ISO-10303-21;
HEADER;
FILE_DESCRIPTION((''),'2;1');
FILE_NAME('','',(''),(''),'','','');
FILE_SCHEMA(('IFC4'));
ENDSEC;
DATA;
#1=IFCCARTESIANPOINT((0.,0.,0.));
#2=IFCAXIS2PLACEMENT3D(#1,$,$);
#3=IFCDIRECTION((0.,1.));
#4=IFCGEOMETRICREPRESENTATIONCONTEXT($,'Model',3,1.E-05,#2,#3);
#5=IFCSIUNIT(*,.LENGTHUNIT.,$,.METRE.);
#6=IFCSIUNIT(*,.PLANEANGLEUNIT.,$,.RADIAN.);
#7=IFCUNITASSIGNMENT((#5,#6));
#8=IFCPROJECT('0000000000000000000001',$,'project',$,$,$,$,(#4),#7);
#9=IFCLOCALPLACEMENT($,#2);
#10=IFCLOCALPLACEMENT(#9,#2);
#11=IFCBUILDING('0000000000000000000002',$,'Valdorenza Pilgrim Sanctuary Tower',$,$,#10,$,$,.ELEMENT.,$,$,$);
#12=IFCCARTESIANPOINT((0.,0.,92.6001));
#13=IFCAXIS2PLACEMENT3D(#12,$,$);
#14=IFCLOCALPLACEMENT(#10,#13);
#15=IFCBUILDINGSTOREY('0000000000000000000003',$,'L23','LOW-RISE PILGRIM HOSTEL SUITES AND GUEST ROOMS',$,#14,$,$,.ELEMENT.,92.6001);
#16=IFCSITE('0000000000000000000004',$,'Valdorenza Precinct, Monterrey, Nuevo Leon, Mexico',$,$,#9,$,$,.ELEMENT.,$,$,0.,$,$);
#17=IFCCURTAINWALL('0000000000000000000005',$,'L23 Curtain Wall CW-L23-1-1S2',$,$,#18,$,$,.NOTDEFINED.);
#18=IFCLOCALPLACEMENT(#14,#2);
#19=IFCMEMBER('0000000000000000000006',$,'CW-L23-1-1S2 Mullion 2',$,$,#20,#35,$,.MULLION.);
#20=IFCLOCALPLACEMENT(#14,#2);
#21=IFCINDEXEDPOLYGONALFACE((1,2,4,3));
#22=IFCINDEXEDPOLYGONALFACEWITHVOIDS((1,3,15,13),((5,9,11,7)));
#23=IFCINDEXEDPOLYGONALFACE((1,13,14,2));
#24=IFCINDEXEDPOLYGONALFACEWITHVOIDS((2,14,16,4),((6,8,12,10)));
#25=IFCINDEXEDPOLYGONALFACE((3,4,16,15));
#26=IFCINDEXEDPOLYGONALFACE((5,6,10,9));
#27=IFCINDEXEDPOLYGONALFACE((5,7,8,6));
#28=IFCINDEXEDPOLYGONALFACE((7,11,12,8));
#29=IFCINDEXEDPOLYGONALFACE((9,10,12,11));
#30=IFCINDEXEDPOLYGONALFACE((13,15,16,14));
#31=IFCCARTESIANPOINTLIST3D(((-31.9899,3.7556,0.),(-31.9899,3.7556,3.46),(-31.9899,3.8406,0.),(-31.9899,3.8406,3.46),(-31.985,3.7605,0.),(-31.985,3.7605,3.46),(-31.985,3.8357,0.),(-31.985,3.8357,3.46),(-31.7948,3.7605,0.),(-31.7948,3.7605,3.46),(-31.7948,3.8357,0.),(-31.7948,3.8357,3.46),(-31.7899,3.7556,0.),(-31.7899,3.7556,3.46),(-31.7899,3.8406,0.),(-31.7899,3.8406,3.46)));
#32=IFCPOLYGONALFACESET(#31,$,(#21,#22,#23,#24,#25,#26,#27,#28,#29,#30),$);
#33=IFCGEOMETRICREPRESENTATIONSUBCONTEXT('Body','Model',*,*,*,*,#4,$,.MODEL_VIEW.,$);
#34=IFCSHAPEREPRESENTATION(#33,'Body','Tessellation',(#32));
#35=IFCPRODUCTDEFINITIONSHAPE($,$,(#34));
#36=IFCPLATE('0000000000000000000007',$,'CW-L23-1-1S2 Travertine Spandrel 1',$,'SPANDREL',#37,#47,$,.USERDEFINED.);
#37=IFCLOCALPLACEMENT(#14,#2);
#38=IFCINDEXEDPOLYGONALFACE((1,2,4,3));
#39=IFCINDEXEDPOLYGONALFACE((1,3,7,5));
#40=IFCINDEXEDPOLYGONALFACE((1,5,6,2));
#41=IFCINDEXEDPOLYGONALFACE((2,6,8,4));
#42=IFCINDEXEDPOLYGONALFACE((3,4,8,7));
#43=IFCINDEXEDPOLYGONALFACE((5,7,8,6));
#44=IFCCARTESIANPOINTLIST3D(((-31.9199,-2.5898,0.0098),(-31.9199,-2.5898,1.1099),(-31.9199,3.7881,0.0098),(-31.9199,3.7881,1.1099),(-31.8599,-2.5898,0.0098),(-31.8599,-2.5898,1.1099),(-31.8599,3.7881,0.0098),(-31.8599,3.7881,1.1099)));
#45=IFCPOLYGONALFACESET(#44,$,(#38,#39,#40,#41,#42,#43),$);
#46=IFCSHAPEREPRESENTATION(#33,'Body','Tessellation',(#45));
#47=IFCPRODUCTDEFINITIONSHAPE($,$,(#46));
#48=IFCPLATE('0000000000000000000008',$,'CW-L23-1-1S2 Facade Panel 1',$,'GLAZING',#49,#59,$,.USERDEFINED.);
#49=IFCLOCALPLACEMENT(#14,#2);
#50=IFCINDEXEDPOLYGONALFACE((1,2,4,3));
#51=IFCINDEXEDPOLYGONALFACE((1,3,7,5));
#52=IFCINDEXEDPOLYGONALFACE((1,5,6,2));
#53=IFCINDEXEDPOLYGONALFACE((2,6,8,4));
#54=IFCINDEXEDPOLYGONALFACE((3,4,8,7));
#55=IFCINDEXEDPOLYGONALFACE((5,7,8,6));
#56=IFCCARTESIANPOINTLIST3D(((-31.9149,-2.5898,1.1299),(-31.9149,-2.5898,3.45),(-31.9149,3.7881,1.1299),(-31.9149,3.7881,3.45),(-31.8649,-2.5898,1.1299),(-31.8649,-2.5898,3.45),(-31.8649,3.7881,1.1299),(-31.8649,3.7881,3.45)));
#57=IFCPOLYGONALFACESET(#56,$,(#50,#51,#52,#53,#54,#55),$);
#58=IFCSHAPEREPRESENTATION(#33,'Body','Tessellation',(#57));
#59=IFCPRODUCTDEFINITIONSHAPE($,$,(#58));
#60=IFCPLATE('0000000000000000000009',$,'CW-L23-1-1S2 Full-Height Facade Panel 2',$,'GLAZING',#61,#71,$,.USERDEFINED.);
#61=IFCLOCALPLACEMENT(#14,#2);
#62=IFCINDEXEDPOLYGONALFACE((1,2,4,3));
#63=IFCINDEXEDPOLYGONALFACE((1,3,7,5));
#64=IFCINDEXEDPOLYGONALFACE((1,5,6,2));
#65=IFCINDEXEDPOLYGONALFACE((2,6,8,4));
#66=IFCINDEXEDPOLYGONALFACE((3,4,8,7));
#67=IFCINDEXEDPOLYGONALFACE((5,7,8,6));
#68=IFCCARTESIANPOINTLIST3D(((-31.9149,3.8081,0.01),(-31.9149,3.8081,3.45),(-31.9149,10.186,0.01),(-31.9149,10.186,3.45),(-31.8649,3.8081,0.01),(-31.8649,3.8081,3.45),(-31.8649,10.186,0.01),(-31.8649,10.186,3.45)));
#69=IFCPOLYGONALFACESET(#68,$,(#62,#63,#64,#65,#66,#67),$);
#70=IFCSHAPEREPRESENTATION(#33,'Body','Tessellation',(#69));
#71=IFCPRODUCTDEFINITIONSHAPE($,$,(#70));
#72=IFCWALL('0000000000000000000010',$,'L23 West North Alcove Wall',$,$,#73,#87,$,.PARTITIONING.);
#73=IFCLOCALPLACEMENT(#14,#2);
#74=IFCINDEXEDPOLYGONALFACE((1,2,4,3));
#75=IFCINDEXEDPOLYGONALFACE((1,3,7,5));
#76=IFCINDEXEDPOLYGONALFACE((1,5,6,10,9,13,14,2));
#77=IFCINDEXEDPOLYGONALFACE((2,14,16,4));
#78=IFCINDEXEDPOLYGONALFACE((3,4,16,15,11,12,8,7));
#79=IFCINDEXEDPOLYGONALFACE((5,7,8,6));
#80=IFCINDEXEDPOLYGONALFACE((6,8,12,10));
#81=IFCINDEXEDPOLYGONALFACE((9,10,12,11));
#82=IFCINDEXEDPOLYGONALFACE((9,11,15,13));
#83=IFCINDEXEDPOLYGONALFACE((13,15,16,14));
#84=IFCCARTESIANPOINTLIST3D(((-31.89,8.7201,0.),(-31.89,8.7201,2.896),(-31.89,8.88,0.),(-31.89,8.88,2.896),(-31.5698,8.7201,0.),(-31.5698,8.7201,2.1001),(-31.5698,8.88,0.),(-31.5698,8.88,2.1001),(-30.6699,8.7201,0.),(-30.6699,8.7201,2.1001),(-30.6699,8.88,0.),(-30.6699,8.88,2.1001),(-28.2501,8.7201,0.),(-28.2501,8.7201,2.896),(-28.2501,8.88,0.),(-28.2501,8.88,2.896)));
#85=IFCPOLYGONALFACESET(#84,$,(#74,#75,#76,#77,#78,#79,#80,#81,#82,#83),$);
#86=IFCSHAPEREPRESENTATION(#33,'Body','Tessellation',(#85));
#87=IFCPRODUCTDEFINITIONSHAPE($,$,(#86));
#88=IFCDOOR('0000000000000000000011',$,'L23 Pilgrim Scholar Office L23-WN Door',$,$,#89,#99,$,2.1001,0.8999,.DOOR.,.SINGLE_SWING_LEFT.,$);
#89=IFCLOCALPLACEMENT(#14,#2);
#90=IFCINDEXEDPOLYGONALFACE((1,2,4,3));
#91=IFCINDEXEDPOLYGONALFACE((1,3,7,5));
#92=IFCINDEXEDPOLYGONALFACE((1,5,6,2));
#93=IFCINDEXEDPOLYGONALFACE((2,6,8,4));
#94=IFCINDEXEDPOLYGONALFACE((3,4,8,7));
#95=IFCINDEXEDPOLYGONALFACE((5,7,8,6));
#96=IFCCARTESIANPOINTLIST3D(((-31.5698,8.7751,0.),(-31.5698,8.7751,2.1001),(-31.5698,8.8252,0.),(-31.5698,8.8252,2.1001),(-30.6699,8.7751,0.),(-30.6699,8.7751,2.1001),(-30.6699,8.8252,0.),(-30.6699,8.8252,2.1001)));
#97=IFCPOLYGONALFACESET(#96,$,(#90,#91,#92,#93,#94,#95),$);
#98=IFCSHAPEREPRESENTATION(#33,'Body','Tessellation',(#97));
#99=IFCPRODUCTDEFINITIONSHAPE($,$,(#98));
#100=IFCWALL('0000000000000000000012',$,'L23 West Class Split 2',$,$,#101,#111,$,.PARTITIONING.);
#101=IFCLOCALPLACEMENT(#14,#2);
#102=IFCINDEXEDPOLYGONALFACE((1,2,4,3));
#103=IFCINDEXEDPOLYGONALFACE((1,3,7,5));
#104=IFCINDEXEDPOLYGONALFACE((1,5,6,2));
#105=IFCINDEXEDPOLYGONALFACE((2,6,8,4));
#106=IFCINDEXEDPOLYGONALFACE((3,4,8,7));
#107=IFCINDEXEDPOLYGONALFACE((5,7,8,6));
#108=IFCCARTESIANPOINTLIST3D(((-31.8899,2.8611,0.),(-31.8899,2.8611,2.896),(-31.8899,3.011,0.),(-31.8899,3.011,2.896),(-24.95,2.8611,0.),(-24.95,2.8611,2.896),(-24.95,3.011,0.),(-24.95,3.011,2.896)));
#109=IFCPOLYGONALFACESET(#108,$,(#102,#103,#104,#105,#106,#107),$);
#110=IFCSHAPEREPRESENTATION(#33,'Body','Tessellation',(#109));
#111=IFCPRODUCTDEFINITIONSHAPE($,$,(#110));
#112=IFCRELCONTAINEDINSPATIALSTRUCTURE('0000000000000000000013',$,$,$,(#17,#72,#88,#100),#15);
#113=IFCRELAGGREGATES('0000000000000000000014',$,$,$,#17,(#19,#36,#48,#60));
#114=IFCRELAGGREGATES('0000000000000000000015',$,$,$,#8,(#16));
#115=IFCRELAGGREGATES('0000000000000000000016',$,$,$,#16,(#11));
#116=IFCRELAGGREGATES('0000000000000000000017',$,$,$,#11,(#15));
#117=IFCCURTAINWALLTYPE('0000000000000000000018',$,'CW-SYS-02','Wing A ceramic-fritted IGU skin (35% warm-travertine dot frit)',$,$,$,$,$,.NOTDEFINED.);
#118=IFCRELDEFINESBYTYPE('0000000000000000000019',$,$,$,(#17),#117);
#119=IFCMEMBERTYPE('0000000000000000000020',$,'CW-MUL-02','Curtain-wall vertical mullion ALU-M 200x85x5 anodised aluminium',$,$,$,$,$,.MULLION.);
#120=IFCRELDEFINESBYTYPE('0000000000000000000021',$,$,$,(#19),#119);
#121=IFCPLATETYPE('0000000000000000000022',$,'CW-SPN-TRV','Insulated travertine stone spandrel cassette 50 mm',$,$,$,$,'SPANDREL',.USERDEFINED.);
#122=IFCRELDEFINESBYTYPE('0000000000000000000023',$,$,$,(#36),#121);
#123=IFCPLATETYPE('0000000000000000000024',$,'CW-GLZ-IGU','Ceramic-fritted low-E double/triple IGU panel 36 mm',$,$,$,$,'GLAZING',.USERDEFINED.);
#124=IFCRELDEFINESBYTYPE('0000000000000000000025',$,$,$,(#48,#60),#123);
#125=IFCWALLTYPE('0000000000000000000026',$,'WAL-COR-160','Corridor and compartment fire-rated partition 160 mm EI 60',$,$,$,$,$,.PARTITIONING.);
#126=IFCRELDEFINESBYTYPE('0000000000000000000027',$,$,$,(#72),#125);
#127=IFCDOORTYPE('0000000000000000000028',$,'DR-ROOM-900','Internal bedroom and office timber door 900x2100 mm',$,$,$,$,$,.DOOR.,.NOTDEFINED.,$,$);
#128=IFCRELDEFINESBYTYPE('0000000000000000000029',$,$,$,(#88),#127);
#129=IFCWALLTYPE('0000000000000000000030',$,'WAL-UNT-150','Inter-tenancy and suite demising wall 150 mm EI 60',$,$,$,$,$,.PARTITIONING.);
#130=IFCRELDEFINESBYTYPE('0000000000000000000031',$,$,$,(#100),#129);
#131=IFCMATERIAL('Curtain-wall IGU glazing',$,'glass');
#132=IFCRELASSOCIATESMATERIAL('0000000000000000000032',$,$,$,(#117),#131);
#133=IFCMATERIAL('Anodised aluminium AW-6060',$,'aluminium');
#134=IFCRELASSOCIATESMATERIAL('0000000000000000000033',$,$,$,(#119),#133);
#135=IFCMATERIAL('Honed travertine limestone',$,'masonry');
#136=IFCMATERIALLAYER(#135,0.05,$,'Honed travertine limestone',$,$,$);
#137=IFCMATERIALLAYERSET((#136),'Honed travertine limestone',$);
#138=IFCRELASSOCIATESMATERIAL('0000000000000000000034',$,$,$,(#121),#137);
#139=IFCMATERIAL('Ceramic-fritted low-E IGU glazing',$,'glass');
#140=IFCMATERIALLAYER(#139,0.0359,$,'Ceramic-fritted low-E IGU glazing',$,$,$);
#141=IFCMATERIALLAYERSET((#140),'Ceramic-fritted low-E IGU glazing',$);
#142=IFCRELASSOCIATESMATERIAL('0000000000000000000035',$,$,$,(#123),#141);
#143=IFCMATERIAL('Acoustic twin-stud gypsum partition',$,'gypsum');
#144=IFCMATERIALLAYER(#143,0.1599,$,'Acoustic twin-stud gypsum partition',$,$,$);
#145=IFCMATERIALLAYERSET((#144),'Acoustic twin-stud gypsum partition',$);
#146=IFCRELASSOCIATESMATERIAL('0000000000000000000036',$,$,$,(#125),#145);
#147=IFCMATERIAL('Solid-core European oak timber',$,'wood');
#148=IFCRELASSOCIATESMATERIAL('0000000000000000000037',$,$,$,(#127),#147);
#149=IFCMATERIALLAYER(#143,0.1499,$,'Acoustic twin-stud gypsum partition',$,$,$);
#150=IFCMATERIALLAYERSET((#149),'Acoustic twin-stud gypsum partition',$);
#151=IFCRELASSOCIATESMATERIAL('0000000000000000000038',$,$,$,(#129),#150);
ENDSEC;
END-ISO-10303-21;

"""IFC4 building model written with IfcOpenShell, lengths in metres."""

from ifc_helpers import new_model, si_unit, direction, frame, frame_2d, origin, origin_2d, place, context, subcontext, project, spatial, rectangle, hollow_rectangle, extrude, source, transform, mapped, material, layer, layer_set, material_profile, profile_set, type_object, element, fill, aggregate, save


model = new_model("IFC4")

# Units and contexts
model_context = context("Model", 3, precision=1e-05, world=origin(), true_north=direction((0.0, 1.0)))
body_context = subcontext(model_context, "Body", "Model", "MODEL_VIEW")
ifc_project = project(units=[si_unit("LENGTHUNIT", "METRE"), si_unit("PLANEANGLEUNIT", "RADIAN")], contexts=[model_context])

# Site, building, storey
site_placement = place(None, origin())
site = spatial("IfcSite", under=ifc_project, at=site_placement, Name="Valdorenza Precinct, Monterrey, Nuevo Leon, Mexico", CompositionType="ELEMENT", RefElevation=0.0)
building_placement = place(site_placement, origin())
building = spatial("IfcBuilding", under=site, at=building_placement, Name="Valdorenza Pilgrim Sanctuary Tower", CompositionType="ELEMENT")
storey_placement = place(building_placement, frame((0.0, 0.0, 92.6001)))
storey = spatial("IfcBuildingStorey", under=building, at=storey_placement, Name="L23", Description="LOW-RISE PILGRIM HOSTEL SUITES AND GUEST ROOMS", CompositionType="ELEMENT", Elevation=92.6001)

# Curtain wall, member, plates
ifc_material_1 = material(Name="Curtain-wall IGU glazing", Category="glass")
curtain_wall_type = type_object("IfcCurtainWallType", Name="CW-SYS-02", Description="Wing A ceramic-fritted IGU skin (35% warm-travertine dot frit)", PredefinedType="NOTDEFINED", material=ifc_material_1)
curtain_wall_placement = place(storey_placement, origin())
curtain_wall = element("IfcCurtainWall", 1, at=curtain_wall_placement, inside=storey, type_object=curtain_wall_type, Name="L23 Curtain Wall CW-L23-1-1S2", PredefinedType="NOTDEFINED")
ifc_material_2 = material(Name="Anodised aluminium AW-6060", Category="aluminium")
ifc_material_profile_1 = material_profile(ifc_material_2, hollow_rectangle(XDim=0.085, YDim=0.2, WallThickness=0.0049, at=origin_2d()), Name="ALU-M 200x85x5")
ifc_profile_set_1 = profile_set([ifc_material_profile_1], Name="Anodised aluminium AW-6060")
member_type = type_object("IfcMemberType", Name="CW-MUL-02", Description="Curtain-wall vertical mullion ALU-M 200x85x5 anodised aluminium", PredefinedType="MULLION", material=ifc_profile_set_1)
shared_shape_1 = source(origin(), body_context, "Body", "SweptSolid", [
    extrude(hollow_rectangle(XDim=0.085, YDim=0.2, WallThickness=0.0049, at=origin_2d()), origin(), (0.0, 0.0, 1.0), 3.46),
])
member_placement = place(storey_placement, frame((-31.8899, 3.7981, 0.0), z_axis=(0.0, 0.0, 1.0), x_axis=(0.0, 1.0, 0.0)))
member = element("IfcMember", 2, at=member_placement, type_object=member_type, Name="CW-L23-1-1S2 Mullion 2", PredefinedType="MULLION", context=body_context, shape_type="MappedRepresentation", body=[
    mapped(shared_shape_1, transform((0.0, 0.0, 0.0), x_axis=(1.0, 0.0, 0.0), y_axis=(0.0, 1.0, 0.0), z_axis=(0.0, 0.0, 1.0), scale=1.0)),
])
ifc_material_3 = material(Name="Honed travertine limestone", Category="masonry")
ifc_layer_1 = layer(ifc_material_3, 0.05, Name="Honed travertine limestone")
ifc_layer_set_1 = layer_set([ifc_layer_1], Name="Honed travertine limestone")
plate_type_1 = type_object("IfcPlateType", Name="CW-SPN-TRV", Description="Insulated travertine stone spandrel cassette 50 mm", ElementType="SPANDREL", PredefinedType="USERDEFINED", material=ifc_layer_set_1)
shared_shape_2 = source(origin(), body_context, "Body", "SweptSolid", [
    extrude(rectangle(XDim=6.3779, YDim=0.0601, at=origin_2d()), origin(), (0.0, 0.0, 1.0), 1.1001),
])
plate_1_placement = place(storey_placement, frame((-31.8899, 0.5991, 0.0098), z_axis=(0.0, 0.0, 1.0), x_axis=(0.0, 1.0, 0.0)))
plate_1 = element("IfcPlate", 3, at=plate_1_placement, type_object=plate_type_1, Name="CW-L23-1-1S2 Travertine Spandrel 1", ObjectType="SPANDREL", PredefinedType="USERDEFINED", context=body_context, shape_type="MappedRepresentation", body=[
    mapped(shared_shape_2, transform((0.0, 0.0, 0.0), x_axis=(1.0, 0.0, 0.0), y_axis=(0.0, 1.0, 0.0), z_axis=(0.0, 0.0, 1.0), scale=1.0)),
])
ifc_material_4 = material(Name="Ceramic-fritted low-E IGU glazing", Category="glass")
ifc_layer_2 = layer(ifc_material_4, 0.0359, Name="Ceramic-fritted low-E IGU glazing")
ifc_layer_set_2 = layer_set([ifc_layer_2], Name="Ceramic-fritted low-E IGU glazing")
plate_type_2 = type_object("IfcPlateType", Name="CW-GLZ-IGU", Description="Ceramic-fritted low-E double/triple IGU panel 36 mm", ElementType="GLAZING", PredefinedType="USERDEFINED", material=ifc_layer_set_2)
shared_shape_3 = source(origin(), body_context, "Body", "SweptSolid", [
    extrude(rectangle(XDim=6.3779, YDim=0.05, at=origin_2d()), origin(), (0.0, 0.0, 1.0), 2.3201),
])
plate_2_placement = place(storey_placement, frame((-31.8899, 0.5991, 1.1299), z_axis=(0.0, 0.0, 1.0), x_axis=(0.0, 1.0, 0.0)))
plate_2 = element("IfcPlate", 4, at=plate_2_placement, type_object=plate_type_2, Name="CW-L23-1-1S2 Facade Panel 1", ObjectType="GLAZING", PredefinedType="USERDEFINED", context=body_context, shape_type="MappedRepresentation", body=[
    mapped(shared_shape_3, transform((0.0, 0.0, 0.0), x_axis=(1.0, 0.0, 0.0), y_axis=(0.0, 1.0, 0.0), z_axis=(0.0, 0.0, 1.0), scale=1.0)),
])
shared_shape_4 = source(origin(), body_context, "Body", "SweptSolid", [
    extrude(rectangle(XDim=6.3779, YDim=0.05, at=origin_2d()), origin(), (0.0, 0.0, 1.0), 3.4399),
])
plate_3_placement = place(storey_placement, frame((-31.8899, 6.9971, 0.01), z_axis=(0.0, 0.0, 1.0), x_axis=(0.0, 1.0, 0.0)))
plate_3 = element("IfcPlate", 5, at=plate_3_placement, type_object=plate_type_2, Name="CW-L23-1-1S2 Full-Height Facade Panel 2", ObjectType="GLAZING", PredefinedType="USERDEFINED", context=body_context, shape_type="MappedRepresentation", body=[
    mapped(shared_shape_4, transform((0.0, 0.0, 0.0), x_axis=(1.0, 0.0, 0.0), y_axis=(0.0, 1.0, 0.0), z_axis=(0.0, 0.0, 1.0), scale=1.0)),
])
aggregate(curtain_wall, [member, plate_1, plate_2, plate_3])

# Wall, opening, door
ifc_material_5 = material(Name="Acoustic twin-stud gypsum partition", Category="gypsum")
ifc_layer_3 = layer(ifc_material_5, 0.1599, Name="Acoustic twin-stud gypsum partition")
ifc_layer_set_3 = layer_set([ifc_layer_3], Name="Acoustic twin-stud gypsum partition")
wall_type_1 = type_object("IfcWallType", Name="WAL-COR-160", Description="Corridor and compartment fire-rated partition 160 mm EI 60", PredefinedType="PARTITIONING", material=ifc_layer_set_3)
wall_1_placement = place(storey_placement, frame((-31.8899, 8.8, 0.0), z_axis=(0.0, 0.0, 1.0), x_axis=(1.0, 0.0, 0.0)))
wall_1 = element("IfcWall", 6, at=wall_1_placement, inside=storey, type_object=wall_type_1, Name="L23 West North Alcove Wall", PredefinedType="PARTITIONING", context=body_context, shape_type="SweptSolid", body=[
    extrude(rectangle(XDim=3.6399, YDim=0.1599, at=frame_2d((1.8198, 0.0))), origin(), (0.0, 0.0, 1.0), 2.896),
])
opening_placement = place(wall_1_placement, frame((0.3201, 0.0, 0.0)))
opening = element("IfcOpeningElement", 7, at=opening_placement, cuts=wall_1, PredefinedType="OPENING", context=body_context, shape_type="SweptSolid", body=[
    extrude(rectangle(XDim=0.8999, YDim=2.1001, at=frame_2d((0.45, 1.05))), frame((0.0, 0.0947, 0.0), z_axis=(0.0, -1.0, 0.0), x_axis=(1.0, 0.0, 0.0)), (0.0, 0.0, 1.0), 0.1897),
])
ifc_material_6 = material(Name="Solid-core European oak timber", Category="wood")
door_type = type_object("IfcDoorType", Name="DR-ROOM-900", Description="Internal bedroom and office timber door 900x2100 mm", OperationType="NOTDEFINED", PredefinedType="DOOR", material=ifc_material_6)
door_placement = place(opening_placement, frame((0.8999, 0.0, 0.0), z_axis=(0.0, 0.0, 1.0), x_axis=(-1.0, 0.0, 0.0)))
door = element("IfcDoor", 8, at=door_placement, inside=storey, type_object=door_type, Name="L23 Pilgrim Scholar Office L23-WN Door", OperationType="SINGLE_SWING_LEFT", OverallHeight=2.1001, OverallWidth=0.8999, PredefinedType="DOOR", context=body_context, shape_type="SweptSolid", body=[
    extrude(rectangle(XDim=0.8999, YDim=2.1001, at=frame_2d((0.45, 1.05))), frame((0.0, 0.0249, 0.0), z_axis=(0.0, -1.0, 0.0), x_axis=(1.0, 0.0, 0.0)), (0.0, 0.0, 1.0), 0.05),
])
fill(opening, door)

# Wall
ifc_layer_4 = layer(ifc_material_5, 0.1499, Name="Acoustic twin-stud gypsum partition")
ifc_layer_set_4 = layer_set([ifc_layer_4], Name="Acoustic twin-stud gypsum partition")
wall_type_2 = type_object("IfcWallType", Name="WAL-UNT-150", Description="Inter-tenancy and suite demising wall 150 mm EI 60", PredefinedType="PARTITIONING", material=ifc_layer_set_4)
wall_2_placement = place(storey_placement, frame((-31.8899, 2.936, 0.0), z_axis=(0.0, 0.0, 1.0), x_axis=(1.0, 0.0, 0.0)))
element("IfcWall", 9, at=wall_2_placement, inside=storey, type_object=wall_type_2, Name="L23 West Class Split 2", PredefinedType="PARTITIONING", context=body_context, shape_type="SweptSolid", body=[
    extrude(rectangle(XDim=6.9399, YDim=0.1499, at=frame_2d((3.47, 0.0))), origin(), (0.0, 0.0, 1.0), 2.896),
])

save(model, "model.ifc")
